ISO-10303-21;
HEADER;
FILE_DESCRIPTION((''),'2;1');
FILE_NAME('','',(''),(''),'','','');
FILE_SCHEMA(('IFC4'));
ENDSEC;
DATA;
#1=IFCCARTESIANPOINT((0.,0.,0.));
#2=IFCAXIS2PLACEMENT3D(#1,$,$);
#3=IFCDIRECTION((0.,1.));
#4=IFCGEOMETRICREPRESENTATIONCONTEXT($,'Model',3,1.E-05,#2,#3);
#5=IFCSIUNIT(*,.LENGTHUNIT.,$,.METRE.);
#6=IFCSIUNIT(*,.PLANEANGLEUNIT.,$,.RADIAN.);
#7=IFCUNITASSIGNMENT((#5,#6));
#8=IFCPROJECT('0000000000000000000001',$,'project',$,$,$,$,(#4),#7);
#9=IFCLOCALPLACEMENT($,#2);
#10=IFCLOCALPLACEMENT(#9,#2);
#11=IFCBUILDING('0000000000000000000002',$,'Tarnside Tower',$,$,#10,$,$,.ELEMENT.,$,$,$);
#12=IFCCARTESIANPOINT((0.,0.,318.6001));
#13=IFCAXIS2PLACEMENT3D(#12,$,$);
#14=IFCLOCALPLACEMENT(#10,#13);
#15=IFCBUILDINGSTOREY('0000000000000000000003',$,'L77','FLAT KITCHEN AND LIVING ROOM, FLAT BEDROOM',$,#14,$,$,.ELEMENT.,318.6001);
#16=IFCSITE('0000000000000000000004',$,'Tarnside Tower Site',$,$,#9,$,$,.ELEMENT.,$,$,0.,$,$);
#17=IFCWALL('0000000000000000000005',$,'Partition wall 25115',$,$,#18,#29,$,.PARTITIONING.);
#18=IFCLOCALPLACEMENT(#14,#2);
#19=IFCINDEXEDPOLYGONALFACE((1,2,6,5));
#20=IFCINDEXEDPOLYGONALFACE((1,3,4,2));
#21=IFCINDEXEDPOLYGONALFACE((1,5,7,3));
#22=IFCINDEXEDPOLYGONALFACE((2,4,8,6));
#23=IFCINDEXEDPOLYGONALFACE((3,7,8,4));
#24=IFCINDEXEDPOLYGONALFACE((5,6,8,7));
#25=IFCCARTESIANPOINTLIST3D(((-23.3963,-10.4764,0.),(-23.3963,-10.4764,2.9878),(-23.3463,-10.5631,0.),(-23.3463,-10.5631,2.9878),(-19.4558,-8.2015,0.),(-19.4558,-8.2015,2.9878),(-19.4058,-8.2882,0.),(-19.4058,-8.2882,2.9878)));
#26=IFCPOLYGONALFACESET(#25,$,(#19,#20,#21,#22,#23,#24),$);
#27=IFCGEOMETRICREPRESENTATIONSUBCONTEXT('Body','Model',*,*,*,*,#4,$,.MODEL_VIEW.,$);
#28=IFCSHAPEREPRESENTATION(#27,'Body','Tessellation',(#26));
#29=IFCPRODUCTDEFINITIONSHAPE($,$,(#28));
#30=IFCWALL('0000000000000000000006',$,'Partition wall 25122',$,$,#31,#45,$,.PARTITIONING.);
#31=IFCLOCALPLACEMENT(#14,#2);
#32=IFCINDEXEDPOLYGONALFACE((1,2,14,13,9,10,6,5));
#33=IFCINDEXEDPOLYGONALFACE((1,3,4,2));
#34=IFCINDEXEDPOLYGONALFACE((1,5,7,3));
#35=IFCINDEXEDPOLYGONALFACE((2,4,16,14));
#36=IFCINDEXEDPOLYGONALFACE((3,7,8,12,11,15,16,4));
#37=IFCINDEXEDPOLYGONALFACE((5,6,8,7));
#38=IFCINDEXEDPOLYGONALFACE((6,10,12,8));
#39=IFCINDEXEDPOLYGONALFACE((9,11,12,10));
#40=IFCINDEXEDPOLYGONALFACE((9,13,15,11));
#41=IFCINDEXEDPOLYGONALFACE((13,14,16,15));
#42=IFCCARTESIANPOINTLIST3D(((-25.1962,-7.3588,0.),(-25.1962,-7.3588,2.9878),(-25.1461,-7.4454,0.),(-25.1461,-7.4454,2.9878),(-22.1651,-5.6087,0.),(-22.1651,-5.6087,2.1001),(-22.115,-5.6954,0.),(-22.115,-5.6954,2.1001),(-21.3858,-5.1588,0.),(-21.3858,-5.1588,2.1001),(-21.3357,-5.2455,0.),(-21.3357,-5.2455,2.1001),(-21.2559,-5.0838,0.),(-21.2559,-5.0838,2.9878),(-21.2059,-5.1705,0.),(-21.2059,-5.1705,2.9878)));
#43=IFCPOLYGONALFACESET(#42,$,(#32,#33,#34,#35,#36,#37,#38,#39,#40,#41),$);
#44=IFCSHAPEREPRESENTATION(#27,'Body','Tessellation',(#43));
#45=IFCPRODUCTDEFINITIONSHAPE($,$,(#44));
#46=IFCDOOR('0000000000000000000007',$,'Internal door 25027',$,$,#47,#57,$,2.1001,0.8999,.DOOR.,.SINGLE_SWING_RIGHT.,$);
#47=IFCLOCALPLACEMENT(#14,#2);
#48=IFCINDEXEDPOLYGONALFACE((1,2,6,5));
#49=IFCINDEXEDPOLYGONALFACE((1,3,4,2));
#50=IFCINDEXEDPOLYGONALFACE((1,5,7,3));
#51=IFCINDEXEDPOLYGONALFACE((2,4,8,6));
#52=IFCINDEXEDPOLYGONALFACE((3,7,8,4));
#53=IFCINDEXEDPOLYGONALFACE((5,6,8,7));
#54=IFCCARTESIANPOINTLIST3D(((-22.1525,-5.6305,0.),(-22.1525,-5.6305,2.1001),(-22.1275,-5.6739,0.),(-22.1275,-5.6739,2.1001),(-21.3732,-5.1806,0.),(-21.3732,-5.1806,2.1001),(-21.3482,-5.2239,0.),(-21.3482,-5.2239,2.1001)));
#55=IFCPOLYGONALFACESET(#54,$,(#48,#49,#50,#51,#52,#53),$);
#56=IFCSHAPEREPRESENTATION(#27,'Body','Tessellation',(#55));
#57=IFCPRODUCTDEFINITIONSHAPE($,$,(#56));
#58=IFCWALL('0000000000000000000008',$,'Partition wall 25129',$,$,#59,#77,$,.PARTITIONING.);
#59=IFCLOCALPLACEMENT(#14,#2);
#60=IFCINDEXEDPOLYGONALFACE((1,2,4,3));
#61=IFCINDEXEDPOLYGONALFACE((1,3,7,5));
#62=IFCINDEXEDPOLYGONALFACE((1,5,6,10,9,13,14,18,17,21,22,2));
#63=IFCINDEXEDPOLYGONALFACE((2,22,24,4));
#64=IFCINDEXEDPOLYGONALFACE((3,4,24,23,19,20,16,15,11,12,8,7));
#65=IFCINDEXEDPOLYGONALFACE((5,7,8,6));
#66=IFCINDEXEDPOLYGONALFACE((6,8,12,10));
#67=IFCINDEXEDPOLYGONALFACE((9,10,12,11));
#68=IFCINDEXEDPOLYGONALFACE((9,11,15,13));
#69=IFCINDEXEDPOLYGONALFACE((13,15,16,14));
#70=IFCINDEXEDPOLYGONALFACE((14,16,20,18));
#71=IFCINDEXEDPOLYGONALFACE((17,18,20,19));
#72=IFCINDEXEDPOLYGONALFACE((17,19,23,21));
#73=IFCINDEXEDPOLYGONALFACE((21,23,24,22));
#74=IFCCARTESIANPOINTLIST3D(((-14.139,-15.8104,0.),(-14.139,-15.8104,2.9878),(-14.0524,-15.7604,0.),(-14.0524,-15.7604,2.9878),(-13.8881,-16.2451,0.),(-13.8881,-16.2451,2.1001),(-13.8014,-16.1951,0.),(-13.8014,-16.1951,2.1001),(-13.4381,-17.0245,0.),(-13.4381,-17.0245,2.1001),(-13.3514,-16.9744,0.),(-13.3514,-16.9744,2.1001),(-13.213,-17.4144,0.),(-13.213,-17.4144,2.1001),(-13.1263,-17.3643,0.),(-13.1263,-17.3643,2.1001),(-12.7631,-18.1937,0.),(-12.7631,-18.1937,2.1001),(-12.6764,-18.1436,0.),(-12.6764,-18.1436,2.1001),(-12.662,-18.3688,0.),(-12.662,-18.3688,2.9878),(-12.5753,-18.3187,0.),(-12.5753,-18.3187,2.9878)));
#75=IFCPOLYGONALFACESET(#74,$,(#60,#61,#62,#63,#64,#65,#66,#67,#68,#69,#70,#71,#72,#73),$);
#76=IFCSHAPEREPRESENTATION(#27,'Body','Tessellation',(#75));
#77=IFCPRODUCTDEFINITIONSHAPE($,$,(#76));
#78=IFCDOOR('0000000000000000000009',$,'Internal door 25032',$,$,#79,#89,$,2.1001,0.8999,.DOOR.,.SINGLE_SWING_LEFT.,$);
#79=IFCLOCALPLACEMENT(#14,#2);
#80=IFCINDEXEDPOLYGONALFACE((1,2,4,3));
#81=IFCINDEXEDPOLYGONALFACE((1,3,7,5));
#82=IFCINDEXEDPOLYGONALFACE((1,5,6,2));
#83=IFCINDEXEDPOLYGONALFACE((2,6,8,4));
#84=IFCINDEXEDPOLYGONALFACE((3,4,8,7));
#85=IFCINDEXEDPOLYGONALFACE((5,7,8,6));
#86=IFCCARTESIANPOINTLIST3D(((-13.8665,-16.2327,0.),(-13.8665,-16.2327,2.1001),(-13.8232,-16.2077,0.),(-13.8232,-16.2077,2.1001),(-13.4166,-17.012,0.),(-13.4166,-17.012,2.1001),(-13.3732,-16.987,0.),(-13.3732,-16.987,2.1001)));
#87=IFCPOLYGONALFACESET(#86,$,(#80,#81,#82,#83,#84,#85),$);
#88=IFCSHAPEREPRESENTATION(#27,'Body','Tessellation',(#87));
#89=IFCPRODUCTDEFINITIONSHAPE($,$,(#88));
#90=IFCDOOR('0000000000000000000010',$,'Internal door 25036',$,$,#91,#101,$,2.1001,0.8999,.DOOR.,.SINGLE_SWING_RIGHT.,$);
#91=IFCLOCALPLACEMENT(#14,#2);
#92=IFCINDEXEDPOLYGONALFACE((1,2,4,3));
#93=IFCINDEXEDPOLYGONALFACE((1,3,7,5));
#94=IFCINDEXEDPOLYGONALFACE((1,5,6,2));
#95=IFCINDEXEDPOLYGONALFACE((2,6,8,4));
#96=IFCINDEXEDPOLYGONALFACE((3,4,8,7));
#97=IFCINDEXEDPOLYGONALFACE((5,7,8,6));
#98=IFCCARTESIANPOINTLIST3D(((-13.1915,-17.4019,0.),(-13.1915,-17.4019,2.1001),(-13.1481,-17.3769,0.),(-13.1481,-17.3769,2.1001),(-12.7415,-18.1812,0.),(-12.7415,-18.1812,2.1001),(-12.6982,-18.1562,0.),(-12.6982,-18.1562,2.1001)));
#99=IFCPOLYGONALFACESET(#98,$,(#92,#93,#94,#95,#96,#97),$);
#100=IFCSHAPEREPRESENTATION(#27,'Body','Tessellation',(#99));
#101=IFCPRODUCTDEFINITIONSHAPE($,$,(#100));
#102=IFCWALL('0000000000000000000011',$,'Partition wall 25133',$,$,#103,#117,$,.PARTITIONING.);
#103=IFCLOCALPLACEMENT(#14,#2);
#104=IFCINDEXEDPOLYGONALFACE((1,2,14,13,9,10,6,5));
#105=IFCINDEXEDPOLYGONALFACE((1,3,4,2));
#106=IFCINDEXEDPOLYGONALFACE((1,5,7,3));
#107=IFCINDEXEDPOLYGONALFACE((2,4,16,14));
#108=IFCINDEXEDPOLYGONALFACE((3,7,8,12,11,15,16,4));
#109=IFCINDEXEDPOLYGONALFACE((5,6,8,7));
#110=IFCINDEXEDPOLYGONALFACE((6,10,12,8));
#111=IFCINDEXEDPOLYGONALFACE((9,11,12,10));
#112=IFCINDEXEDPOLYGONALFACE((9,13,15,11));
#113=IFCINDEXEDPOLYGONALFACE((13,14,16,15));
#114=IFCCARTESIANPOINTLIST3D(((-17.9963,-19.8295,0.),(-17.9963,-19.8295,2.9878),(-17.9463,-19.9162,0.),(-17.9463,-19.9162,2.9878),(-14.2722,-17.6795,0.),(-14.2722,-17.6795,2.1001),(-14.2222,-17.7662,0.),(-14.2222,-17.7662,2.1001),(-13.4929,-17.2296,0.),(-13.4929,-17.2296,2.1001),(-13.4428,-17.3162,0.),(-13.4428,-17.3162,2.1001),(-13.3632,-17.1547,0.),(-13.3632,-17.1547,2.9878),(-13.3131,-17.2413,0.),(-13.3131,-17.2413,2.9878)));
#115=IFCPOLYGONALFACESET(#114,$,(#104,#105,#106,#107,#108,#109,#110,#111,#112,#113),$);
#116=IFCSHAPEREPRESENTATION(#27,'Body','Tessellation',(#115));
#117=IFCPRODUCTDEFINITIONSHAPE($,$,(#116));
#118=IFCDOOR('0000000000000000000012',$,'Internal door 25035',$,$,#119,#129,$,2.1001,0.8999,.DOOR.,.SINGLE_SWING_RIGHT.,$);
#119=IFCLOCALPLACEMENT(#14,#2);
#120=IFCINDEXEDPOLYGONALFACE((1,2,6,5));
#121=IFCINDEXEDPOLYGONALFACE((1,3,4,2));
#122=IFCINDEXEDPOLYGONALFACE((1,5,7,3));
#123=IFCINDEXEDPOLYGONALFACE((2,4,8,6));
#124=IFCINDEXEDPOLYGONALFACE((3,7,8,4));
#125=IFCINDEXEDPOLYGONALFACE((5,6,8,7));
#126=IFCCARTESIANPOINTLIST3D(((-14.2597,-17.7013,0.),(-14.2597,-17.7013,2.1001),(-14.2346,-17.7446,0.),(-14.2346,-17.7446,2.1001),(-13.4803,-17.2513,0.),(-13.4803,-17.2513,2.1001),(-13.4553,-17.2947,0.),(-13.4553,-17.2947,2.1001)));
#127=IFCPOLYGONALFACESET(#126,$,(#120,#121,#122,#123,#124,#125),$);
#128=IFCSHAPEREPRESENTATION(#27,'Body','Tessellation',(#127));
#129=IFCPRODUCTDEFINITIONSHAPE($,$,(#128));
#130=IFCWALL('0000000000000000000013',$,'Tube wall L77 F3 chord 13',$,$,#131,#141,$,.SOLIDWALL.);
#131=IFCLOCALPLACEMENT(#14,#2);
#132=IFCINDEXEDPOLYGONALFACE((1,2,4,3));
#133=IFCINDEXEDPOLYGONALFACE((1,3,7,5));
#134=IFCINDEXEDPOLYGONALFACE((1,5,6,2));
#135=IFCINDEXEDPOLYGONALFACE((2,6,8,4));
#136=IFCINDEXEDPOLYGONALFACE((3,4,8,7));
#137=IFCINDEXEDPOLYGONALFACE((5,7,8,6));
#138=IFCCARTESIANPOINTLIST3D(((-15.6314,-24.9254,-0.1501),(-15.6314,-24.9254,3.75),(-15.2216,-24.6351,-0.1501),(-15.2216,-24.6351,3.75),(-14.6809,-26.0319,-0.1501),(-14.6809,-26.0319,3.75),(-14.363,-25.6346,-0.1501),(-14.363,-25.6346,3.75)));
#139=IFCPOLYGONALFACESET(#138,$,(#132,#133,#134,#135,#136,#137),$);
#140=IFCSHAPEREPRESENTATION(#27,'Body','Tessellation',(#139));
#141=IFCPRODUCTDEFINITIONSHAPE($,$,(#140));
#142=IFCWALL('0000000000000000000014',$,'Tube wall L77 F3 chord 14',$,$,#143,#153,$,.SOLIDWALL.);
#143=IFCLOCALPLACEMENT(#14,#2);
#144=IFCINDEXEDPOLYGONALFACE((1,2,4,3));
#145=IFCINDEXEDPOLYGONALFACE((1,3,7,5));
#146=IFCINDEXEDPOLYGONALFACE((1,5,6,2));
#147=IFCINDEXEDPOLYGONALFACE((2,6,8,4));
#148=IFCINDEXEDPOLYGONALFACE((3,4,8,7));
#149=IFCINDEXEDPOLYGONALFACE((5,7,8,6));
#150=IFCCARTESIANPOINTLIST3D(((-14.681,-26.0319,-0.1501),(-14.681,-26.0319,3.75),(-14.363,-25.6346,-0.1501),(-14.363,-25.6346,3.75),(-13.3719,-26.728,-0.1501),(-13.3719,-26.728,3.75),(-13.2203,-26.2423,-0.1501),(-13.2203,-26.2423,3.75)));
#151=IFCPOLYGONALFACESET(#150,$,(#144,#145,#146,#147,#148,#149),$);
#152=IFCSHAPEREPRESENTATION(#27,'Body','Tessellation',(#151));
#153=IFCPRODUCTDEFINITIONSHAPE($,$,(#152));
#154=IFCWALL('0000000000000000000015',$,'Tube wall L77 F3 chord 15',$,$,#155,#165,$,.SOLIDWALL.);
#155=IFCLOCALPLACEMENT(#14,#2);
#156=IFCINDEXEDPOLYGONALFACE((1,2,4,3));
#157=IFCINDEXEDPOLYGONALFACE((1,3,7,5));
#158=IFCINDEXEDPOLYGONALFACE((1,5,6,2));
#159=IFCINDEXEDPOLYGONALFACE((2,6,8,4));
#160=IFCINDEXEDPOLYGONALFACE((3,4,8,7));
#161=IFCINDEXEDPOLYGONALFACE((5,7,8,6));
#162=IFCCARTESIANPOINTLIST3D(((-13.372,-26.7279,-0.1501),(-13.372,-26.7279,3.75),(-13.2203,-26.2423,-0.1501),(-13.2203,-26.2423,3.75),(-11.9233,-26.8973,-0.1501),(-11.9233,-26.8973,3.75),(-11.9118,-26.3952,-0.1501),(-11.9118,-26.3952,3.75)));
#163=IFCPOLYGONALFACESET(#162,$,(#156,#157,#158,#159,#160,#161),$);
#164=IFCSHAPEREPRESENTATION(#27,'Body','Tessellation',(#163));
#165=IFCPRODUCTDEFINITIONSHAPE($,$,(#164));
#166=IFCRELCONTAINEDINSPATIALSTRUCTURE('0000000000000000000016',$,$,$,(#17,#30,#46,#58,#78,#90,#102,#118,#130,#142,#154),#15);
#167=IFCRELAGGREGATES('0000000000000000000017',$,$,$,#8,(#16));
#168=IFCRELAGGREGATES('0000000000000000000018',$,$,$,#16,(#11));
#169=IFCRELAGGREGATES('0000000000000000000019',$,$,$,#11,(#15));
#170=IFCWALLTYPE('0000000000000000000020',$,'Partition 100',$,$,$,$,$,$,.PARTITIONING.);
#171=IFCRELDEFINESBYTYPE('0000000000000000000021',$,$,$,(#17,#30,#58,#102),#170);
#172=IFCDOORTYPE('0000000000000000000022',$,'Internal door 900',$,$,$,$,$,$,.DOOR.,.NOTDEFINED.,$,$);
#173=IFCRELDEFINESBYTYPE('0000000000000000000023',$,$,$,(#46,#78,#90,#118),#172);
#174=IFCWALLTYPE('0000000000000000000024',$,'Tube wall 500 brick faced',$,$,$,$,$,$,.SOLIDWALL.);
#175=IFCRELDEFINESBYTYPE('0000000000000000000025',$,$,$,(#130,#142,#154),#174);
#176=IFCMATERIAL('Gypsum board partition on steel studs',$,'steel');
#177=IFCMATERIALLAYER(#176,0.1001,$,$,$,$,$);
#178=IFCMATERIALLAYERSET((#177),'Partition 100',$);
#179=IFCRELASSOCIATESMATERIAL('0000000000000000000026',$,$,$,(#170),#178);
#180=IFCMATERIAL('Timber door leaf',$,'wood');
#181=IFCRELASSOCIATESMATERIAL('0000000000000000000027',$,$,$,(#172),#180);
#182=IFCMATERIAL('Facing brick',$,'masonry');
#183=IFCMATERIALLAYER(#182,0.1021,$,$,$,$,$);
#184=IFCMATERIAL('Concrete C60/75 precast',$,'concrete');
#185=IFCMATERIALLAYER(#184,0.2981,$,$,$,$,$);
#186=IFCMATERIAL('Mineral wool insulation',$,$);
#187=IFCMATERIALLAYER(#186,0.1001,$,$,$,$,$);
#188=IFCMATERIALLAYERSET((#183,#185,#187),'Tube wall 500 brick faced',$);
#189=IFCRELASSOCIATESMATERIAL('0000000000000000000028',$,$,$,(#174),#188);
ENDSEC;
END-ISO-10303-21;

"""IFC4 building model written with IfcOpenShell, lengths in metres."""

from ifc_helpers import new_model, si_unit, direction, frame, frame_2d, origin, place, context, subcontext, project, spatial, polyline, rectangle, outline, extrude, material, layer, layer_set, type_object, element, fill, save


model = new_model("IFC4")

# Units and contexts
model_context = context("Model", 3, precision=1e-05, world=origin(), true_north=direction((0.0, 1.0)))
body_context = subcontext(model_context, "Body", "Model", "MODEL_VIEW")
ifc_project = project(units=[si_unit("LENGTHUNIT", "METRE"), si_unit("PLANEANGLEUNIT", "RADIAN")], contexts=[model_context])

# Site, building, storey
site_placement = place(None, origin())
site = spatial("IfcSite", under=ifc_project, at=site_placement, Name="Tarnside Tower Site", CompositionType="ELEMENT", RefElevation=0.0)
building_placement = place(site_placement, origin())
building = spatial("IfcBuilding", under=site, at=building_placement, Name="Tarnside Tower", CompositionType="ELEMENT")
storey_placement = place(building_placement, frame((0.0, 0.0, 318.6001)))
storey = spatial("IfcBuildingStorey", under=building, at=storey_placement, Name="L77", Description="FLAT KITCHEN AND LIVING ROOM, FLAT BEDROOM", CompositionType="ELEMENT", Elevation=318.6001)

# Wall
ifc_material_1 = material(Name="Gypsum board partition on steel studs", Category="steel")
ifc_layer_1 = layer(ifc_material_1, 0.1001)
ifc_layer_set_1 = layer_set([ifc_layer_1], Name="Partition 100")
wall_type_1 = type_object("IfcWallType", Name="Partition 100", PredefinedType="PARTITIONING", material=ifc_layer_set_1)
wall_1_placement = place(storey_placement, frame((-19.4309, -8.2449, 0.0), z_axis=(0.0, 0.0, 1.0), x_axis=(-0.866035, -0.499983, 0.0)))
element("IfcWall", 1, at=wall_1_placement, inside=storey, type_object=wall_type_1, Name="Partition wall 25115", PredefinedType="PARTITIONING", context=body_context, shape_type="SweptSolid", body=[
    extrude(rectangle(XDim=4.55, YDim=0.1001, at=frame_2d((2.2749, 0.0))), origin(), (0.0, 0.0, 1.0), 2.9878),
])

# Wall, opening, door
wall_2_placement = place(storey_placement, frame((-25.1711, -7.4021, 0.0), z_axis=(0.0, 0.0, 1.0), x_axis=(0.866022, 0.500006, 0.0)))
wall_2 = element("IfcWall", 2, at=wall_2_placement, inside=storey, type_object=wall_type_1, Name="Partition wall 25122", PredefinedType="PARTITIONING", context=body_context, shape_type="SweptSolid", body=[
    extrude(rectangle(XDim=4.5498, YDim=0.1001, at=frame_2d((2.2749, 0.0))), origin(), (0.0, 0.0, 1.0), 2.9878),
])
opening_1_placement = place(wall_2_placement, frame((3.5, 0.0, 0.0)))
opening_1 = element("IfcOpeningElement", 3, at=opening_1_placement, cuts=wall_2, PredefinedType="OPENING", context=body_context, shape_type="SweptSolid", body=[
    extrude(rectangle(XDim=0.8999, YDim=2.1001, at=frame_2d((0.45, 1.05))), frame((0.0, 0.0601, 0.0), z_axis=(0.0, -1.0, 0.0), x_axis=(1.0, 0.0, 0.0)), (0.0, 0.0, 1.0), 0.1201),
])
ifc_material_2 = material(Name="Timber door leaf", Category="wood")
door_type = type_object("IfcDoorType", Name="Internal door 900", OperationType="NOTDEFINED", PredefinedType="DOOR", material=ifc_material_2)
door_1_placement = place(opening_1_placement, origin())
door_1 = element("IfcDoor", 4, at=door_1_placement, inside=storey, type_object=door_type, Name="Internal door 25027", OperationType="SINGLE_SWING_RIGHT", OverallHeight=2.1001, OverallWidth=0.8999, PredefinedType="DOOR", context=body_context, shape_type="SweptSolid", body=[
    extrude(rectangle(XDim=0.8999, YDim=2.1001, at=frame_2d((0.45, 1.05))), frame((0.0, 0.0249, 0.0), z_axis=(0.0, -1.0, 0.0), x_axis=(1.0, 0.0, 0.0)), (0.0, 0.0, 1.0), 0.05),
])
fill(opening_1, door_1)

# Wall, openings, doors
wall_3_placement = place(storey_placement, frame((-14.0957, -15.7854, 0.0), z_axis=(0.0, 0.0, 1.0), x_axis=(0.499997, -0.866027, 0.0)))
wall_3 = element("IfcWall", 5, at=wall_3_placement, inside=storey, type_object=wall_type_1, Name="Partition wall 25129", PredefinedType="PARTITIONING", context=body_context, shape_type="SweptSolid", body=[
    extrude(rectangle(XDim=2.9541, YDim=0.1001, at=frame_2d((1.4771, 0.0))), origin(), (0.0, 0.0, 1.0), 2.9878),
])
opening_2_placement = place(wall_3_placement, frame((0.502, 0.0, 0.0)))
opening_2 = element("IfcOpeningElement", 6, at=opening_2_placement, cuts=wall_3, PredefinedType="OPENING", context=body_context, shape_type="SweptSolid", body=[
    extrude(rectangle(XDim=0.8999, YDim=2.1001, at=frame_2d((0.45, 1.05))), frame((0.0, 0.0601, 0.0), z_axis=(0.0, -1.0, 0.0), x_axis=(1.0, 0.0, 0.0)), (0.0, 0.0, 1.0), 0.1201),
])
opening_3_placement = place(wall_3_placement, frame((1.8521, 0.0, 0.0)))
opening_3 = element("IfcOpeningElement", 7, at=opening_3_placement, cuts=wall_3, PredefinedType="OPENING", context=body_context, shape_type="SweptSolid", body=[
    extrude(rectangle(XDim=0.8999, YDim=2.1001, at=frame_2d((0.45, 1.05))), frame((0.0, 0.0601, 0.0), z_axis=(0.0, -1.0, 0.0), x_axis=(1.0, 0.0, 0.0)), (0.0, 0.0, 1.0), 0.1201),
])
door_2_placement = place(opening_2_placement, origin())
door_2 = element("IfcDoor", 8, at=door_2_placement, inside=storey, type_object=door_type, Name="Internal door 25032", OperationType="SINGLE_SWING_LEFT", OverallHeight=2.1001, OverallWidth=0.8999, PredefinedType="DOOR", context=body_context, shape_type="SweptSolid", body=[
    extrude(rectangle(XDim=0.8999, YDim=2.1001, at=frame_2d((0.45, 1.05))), frame((0.0, 0.0249, 0.0), z_axis=(0.0, -1.0, 0.0), x_axis=(1.0, 0.0, 0.0)), (0.0, 0.0, 1.0), 0.05),
])
fill(opening_2, door_2)
door_3_placement = place(opening_3_placement, origin())
door_3 = element("IfcDoor", 9, at=door_3_placement, inside=storey, type_object=door_type, Name="Internal door 25036", OperationType="SINGLE_SWING_RIGHT", OverallHeight=2.1001, OverallWidth=0.8999, PredefinedType="DOOR", context=body_context, shape_type="SweptSolid", body=[
    extrude(rectangle(XDim=0.8999, YDim=2.1001, at=frame_2d((0.45, 1.05))), frame((0.0, 0.0249, 0.0), z_axis=(0.0, -1.0, 0.0), x_axis=(1.0, 0.0, 0.0)), (0.0, 0.0, 1.0), 0.05),
])
fill(opening_3, door_3)

# Wall, opening, door
wall_4_placement = place(storey_placement, frame((-17.9712, -19.8728, 0.0), z_axis=(0.0, 0.0, 1.0), x_axis=(0.866033, 0.499987, 0.0)))
wall_4 = element("IfcWall", 10, at=wall_4_placement, inside=storey, type_object=wall_type_1, Name="Partition wall 25133", PredefinedType="PARTITIONING", context=body_context, shape_type="SweptSolid", body=[
    extrude(rectangle(XDim=5.3499, YDim=0.1001, at=frame_2d((2.6748, 0.0))), origin(), (0.0, 0.0, 1.0), 2.9878),
])
opening_4_placement = place(wall_4_placement, frame((4.3, 0.0, 0.0)))
opening_4 = element("IfcOpeningElement", 11, at=opening_4_placement, cuts=wall_4, PredefinedType="OPENING", context=body_context, shape_type="SweptSolid", body=[
    extrude(rectangle(XDim=0.8999, YDim=2.1001, at=frame_2d((0.45, 1.05))), frame((0.0, 0.0601, 0.0), z_axis=(0.0, -1.0, 0.0), x_axis=(1.0, 0.0, 0.0)), (0.0, 0.0, 1.0), 0.1201),
])
door_4_placement = place(opening_4_placement, origin())
door_4 = element("IfcDoor", 12, at=door_4_placement, inside=storey, type_object=door_type, Name="Internal door 25035", OperationType="SINGLE_SWING_RIGHT", OverallHeight=2.1001, OverallWidth=0.8999, PredefinedType="DOOR", context=body_context, shape_type="SweptSolid", body=[
    extrude(rectangle(XDim=0.8999, YDim=2.1001, at=frame_2d((0.45, 1.05))), frame((0.0, 0.0249, 0.0), z_axis=(0.0, -1.0, 0.0), x_axis=(1.0, 0.0, 0.0)), (0.0, 0.0, 1.0), 0.05),
])
fill(opening_4, door_4)

# Walls
ifc_material_3 = material(Name="Facing brick", Category="masonry")
ifc_layer_2 = layer(ifc_material_3, 0.1021)
ifc_material_4 = material(Name="Concrete C60/75 precast", Category="concrete")
ifc_layer_3 = layer(ifc_material_4, 0.2981)
ifc_material_5 = material(Name="Mineral wool insulation")
ifc_layer_4 = layer(ifc_material_5, 0.1001)
ifc_layer_set_2 = layer_set([ifc_layer_2, ifc_layer_3, ifc_layer_4], Name="Tube wall 500 brick faced")
wall_type_2 = type_object("IfcWallType", Name="Tube wall 500 brick faced", PredefinedType="SOLIDWALL", material=ifc_layer_set_2)
wall_5_placement = place(storey_placement, frame((-15.4265, -24.7803, -0.1501), z_axis=(0.0, 0.0, 1.0), x_axis=(0.651617, -0.758549, 0.0)))
element("IfcWall", 13, at=wall_5_placement, inside=storey, type_object=wall_type_2, Name="Tube wall L77 F3 chord 13", PredefinedType="SOLIDWALL", context=body_context, shape_type="SweptSolid", body=[
    extrude(outline(polyline([(-0.0234, -0.25), (1.4353, -0.25), (1.3411, 0.25), (0.0234, 0.25), (-0.0234, -0.25)])), origin(), (0.0, 0.0, 1.0), 3.9001),
])
wall_6_placement = place(storey_placement, frame((-14.522, -25.8333, -0.1501), z_axis=(0.0, 0.0, 1.0), x_axis=(0.882927, -0.469511, 0.0)))
element("IfcWall", 14, at=wall_6_placement, inside=storey, type_object=wall_type_2, Name="Tube wall L77 F3 chord 14", PredefinedType="SOLIDWALL", context=body_context, shape_type="SweptSolid", body=[
    extrude(outline(polyline([(-0.0471, -0.25), (1.4355, -0.25), (1.3413, 0.25), (0.0471, 0.25), (-0.0471, -0.25)])), origin(), (0.0, 0.0, 1.0), 3.9001),
])
wall_7_placement = place(storey_placement, frame((-13.2961, -26.4851, -0.1501), z_axis=(0.0, 0.0, 1.0), x_axis=(0.993239, -0.116086, 0.0)))
element("IfcWall", 15, at=wall_7_placement, inside=storey, type_object=wall_type_2, Name="Tube wall L77 F3 chord 15", PredefinedType="SOLIDWALL", context=body_context, shape_type="SweptSolid", body=[
    extrude(outline(polyline([(-0.0471, -0.25), (1.4114, -0.25), (1.3645, 0.25), (0.0471, 0.25), (-0.0471, -0.25)])), origin(), (0.0, 0.0, 1.0), 3.9001),
])

save(model, "model.ifc")
